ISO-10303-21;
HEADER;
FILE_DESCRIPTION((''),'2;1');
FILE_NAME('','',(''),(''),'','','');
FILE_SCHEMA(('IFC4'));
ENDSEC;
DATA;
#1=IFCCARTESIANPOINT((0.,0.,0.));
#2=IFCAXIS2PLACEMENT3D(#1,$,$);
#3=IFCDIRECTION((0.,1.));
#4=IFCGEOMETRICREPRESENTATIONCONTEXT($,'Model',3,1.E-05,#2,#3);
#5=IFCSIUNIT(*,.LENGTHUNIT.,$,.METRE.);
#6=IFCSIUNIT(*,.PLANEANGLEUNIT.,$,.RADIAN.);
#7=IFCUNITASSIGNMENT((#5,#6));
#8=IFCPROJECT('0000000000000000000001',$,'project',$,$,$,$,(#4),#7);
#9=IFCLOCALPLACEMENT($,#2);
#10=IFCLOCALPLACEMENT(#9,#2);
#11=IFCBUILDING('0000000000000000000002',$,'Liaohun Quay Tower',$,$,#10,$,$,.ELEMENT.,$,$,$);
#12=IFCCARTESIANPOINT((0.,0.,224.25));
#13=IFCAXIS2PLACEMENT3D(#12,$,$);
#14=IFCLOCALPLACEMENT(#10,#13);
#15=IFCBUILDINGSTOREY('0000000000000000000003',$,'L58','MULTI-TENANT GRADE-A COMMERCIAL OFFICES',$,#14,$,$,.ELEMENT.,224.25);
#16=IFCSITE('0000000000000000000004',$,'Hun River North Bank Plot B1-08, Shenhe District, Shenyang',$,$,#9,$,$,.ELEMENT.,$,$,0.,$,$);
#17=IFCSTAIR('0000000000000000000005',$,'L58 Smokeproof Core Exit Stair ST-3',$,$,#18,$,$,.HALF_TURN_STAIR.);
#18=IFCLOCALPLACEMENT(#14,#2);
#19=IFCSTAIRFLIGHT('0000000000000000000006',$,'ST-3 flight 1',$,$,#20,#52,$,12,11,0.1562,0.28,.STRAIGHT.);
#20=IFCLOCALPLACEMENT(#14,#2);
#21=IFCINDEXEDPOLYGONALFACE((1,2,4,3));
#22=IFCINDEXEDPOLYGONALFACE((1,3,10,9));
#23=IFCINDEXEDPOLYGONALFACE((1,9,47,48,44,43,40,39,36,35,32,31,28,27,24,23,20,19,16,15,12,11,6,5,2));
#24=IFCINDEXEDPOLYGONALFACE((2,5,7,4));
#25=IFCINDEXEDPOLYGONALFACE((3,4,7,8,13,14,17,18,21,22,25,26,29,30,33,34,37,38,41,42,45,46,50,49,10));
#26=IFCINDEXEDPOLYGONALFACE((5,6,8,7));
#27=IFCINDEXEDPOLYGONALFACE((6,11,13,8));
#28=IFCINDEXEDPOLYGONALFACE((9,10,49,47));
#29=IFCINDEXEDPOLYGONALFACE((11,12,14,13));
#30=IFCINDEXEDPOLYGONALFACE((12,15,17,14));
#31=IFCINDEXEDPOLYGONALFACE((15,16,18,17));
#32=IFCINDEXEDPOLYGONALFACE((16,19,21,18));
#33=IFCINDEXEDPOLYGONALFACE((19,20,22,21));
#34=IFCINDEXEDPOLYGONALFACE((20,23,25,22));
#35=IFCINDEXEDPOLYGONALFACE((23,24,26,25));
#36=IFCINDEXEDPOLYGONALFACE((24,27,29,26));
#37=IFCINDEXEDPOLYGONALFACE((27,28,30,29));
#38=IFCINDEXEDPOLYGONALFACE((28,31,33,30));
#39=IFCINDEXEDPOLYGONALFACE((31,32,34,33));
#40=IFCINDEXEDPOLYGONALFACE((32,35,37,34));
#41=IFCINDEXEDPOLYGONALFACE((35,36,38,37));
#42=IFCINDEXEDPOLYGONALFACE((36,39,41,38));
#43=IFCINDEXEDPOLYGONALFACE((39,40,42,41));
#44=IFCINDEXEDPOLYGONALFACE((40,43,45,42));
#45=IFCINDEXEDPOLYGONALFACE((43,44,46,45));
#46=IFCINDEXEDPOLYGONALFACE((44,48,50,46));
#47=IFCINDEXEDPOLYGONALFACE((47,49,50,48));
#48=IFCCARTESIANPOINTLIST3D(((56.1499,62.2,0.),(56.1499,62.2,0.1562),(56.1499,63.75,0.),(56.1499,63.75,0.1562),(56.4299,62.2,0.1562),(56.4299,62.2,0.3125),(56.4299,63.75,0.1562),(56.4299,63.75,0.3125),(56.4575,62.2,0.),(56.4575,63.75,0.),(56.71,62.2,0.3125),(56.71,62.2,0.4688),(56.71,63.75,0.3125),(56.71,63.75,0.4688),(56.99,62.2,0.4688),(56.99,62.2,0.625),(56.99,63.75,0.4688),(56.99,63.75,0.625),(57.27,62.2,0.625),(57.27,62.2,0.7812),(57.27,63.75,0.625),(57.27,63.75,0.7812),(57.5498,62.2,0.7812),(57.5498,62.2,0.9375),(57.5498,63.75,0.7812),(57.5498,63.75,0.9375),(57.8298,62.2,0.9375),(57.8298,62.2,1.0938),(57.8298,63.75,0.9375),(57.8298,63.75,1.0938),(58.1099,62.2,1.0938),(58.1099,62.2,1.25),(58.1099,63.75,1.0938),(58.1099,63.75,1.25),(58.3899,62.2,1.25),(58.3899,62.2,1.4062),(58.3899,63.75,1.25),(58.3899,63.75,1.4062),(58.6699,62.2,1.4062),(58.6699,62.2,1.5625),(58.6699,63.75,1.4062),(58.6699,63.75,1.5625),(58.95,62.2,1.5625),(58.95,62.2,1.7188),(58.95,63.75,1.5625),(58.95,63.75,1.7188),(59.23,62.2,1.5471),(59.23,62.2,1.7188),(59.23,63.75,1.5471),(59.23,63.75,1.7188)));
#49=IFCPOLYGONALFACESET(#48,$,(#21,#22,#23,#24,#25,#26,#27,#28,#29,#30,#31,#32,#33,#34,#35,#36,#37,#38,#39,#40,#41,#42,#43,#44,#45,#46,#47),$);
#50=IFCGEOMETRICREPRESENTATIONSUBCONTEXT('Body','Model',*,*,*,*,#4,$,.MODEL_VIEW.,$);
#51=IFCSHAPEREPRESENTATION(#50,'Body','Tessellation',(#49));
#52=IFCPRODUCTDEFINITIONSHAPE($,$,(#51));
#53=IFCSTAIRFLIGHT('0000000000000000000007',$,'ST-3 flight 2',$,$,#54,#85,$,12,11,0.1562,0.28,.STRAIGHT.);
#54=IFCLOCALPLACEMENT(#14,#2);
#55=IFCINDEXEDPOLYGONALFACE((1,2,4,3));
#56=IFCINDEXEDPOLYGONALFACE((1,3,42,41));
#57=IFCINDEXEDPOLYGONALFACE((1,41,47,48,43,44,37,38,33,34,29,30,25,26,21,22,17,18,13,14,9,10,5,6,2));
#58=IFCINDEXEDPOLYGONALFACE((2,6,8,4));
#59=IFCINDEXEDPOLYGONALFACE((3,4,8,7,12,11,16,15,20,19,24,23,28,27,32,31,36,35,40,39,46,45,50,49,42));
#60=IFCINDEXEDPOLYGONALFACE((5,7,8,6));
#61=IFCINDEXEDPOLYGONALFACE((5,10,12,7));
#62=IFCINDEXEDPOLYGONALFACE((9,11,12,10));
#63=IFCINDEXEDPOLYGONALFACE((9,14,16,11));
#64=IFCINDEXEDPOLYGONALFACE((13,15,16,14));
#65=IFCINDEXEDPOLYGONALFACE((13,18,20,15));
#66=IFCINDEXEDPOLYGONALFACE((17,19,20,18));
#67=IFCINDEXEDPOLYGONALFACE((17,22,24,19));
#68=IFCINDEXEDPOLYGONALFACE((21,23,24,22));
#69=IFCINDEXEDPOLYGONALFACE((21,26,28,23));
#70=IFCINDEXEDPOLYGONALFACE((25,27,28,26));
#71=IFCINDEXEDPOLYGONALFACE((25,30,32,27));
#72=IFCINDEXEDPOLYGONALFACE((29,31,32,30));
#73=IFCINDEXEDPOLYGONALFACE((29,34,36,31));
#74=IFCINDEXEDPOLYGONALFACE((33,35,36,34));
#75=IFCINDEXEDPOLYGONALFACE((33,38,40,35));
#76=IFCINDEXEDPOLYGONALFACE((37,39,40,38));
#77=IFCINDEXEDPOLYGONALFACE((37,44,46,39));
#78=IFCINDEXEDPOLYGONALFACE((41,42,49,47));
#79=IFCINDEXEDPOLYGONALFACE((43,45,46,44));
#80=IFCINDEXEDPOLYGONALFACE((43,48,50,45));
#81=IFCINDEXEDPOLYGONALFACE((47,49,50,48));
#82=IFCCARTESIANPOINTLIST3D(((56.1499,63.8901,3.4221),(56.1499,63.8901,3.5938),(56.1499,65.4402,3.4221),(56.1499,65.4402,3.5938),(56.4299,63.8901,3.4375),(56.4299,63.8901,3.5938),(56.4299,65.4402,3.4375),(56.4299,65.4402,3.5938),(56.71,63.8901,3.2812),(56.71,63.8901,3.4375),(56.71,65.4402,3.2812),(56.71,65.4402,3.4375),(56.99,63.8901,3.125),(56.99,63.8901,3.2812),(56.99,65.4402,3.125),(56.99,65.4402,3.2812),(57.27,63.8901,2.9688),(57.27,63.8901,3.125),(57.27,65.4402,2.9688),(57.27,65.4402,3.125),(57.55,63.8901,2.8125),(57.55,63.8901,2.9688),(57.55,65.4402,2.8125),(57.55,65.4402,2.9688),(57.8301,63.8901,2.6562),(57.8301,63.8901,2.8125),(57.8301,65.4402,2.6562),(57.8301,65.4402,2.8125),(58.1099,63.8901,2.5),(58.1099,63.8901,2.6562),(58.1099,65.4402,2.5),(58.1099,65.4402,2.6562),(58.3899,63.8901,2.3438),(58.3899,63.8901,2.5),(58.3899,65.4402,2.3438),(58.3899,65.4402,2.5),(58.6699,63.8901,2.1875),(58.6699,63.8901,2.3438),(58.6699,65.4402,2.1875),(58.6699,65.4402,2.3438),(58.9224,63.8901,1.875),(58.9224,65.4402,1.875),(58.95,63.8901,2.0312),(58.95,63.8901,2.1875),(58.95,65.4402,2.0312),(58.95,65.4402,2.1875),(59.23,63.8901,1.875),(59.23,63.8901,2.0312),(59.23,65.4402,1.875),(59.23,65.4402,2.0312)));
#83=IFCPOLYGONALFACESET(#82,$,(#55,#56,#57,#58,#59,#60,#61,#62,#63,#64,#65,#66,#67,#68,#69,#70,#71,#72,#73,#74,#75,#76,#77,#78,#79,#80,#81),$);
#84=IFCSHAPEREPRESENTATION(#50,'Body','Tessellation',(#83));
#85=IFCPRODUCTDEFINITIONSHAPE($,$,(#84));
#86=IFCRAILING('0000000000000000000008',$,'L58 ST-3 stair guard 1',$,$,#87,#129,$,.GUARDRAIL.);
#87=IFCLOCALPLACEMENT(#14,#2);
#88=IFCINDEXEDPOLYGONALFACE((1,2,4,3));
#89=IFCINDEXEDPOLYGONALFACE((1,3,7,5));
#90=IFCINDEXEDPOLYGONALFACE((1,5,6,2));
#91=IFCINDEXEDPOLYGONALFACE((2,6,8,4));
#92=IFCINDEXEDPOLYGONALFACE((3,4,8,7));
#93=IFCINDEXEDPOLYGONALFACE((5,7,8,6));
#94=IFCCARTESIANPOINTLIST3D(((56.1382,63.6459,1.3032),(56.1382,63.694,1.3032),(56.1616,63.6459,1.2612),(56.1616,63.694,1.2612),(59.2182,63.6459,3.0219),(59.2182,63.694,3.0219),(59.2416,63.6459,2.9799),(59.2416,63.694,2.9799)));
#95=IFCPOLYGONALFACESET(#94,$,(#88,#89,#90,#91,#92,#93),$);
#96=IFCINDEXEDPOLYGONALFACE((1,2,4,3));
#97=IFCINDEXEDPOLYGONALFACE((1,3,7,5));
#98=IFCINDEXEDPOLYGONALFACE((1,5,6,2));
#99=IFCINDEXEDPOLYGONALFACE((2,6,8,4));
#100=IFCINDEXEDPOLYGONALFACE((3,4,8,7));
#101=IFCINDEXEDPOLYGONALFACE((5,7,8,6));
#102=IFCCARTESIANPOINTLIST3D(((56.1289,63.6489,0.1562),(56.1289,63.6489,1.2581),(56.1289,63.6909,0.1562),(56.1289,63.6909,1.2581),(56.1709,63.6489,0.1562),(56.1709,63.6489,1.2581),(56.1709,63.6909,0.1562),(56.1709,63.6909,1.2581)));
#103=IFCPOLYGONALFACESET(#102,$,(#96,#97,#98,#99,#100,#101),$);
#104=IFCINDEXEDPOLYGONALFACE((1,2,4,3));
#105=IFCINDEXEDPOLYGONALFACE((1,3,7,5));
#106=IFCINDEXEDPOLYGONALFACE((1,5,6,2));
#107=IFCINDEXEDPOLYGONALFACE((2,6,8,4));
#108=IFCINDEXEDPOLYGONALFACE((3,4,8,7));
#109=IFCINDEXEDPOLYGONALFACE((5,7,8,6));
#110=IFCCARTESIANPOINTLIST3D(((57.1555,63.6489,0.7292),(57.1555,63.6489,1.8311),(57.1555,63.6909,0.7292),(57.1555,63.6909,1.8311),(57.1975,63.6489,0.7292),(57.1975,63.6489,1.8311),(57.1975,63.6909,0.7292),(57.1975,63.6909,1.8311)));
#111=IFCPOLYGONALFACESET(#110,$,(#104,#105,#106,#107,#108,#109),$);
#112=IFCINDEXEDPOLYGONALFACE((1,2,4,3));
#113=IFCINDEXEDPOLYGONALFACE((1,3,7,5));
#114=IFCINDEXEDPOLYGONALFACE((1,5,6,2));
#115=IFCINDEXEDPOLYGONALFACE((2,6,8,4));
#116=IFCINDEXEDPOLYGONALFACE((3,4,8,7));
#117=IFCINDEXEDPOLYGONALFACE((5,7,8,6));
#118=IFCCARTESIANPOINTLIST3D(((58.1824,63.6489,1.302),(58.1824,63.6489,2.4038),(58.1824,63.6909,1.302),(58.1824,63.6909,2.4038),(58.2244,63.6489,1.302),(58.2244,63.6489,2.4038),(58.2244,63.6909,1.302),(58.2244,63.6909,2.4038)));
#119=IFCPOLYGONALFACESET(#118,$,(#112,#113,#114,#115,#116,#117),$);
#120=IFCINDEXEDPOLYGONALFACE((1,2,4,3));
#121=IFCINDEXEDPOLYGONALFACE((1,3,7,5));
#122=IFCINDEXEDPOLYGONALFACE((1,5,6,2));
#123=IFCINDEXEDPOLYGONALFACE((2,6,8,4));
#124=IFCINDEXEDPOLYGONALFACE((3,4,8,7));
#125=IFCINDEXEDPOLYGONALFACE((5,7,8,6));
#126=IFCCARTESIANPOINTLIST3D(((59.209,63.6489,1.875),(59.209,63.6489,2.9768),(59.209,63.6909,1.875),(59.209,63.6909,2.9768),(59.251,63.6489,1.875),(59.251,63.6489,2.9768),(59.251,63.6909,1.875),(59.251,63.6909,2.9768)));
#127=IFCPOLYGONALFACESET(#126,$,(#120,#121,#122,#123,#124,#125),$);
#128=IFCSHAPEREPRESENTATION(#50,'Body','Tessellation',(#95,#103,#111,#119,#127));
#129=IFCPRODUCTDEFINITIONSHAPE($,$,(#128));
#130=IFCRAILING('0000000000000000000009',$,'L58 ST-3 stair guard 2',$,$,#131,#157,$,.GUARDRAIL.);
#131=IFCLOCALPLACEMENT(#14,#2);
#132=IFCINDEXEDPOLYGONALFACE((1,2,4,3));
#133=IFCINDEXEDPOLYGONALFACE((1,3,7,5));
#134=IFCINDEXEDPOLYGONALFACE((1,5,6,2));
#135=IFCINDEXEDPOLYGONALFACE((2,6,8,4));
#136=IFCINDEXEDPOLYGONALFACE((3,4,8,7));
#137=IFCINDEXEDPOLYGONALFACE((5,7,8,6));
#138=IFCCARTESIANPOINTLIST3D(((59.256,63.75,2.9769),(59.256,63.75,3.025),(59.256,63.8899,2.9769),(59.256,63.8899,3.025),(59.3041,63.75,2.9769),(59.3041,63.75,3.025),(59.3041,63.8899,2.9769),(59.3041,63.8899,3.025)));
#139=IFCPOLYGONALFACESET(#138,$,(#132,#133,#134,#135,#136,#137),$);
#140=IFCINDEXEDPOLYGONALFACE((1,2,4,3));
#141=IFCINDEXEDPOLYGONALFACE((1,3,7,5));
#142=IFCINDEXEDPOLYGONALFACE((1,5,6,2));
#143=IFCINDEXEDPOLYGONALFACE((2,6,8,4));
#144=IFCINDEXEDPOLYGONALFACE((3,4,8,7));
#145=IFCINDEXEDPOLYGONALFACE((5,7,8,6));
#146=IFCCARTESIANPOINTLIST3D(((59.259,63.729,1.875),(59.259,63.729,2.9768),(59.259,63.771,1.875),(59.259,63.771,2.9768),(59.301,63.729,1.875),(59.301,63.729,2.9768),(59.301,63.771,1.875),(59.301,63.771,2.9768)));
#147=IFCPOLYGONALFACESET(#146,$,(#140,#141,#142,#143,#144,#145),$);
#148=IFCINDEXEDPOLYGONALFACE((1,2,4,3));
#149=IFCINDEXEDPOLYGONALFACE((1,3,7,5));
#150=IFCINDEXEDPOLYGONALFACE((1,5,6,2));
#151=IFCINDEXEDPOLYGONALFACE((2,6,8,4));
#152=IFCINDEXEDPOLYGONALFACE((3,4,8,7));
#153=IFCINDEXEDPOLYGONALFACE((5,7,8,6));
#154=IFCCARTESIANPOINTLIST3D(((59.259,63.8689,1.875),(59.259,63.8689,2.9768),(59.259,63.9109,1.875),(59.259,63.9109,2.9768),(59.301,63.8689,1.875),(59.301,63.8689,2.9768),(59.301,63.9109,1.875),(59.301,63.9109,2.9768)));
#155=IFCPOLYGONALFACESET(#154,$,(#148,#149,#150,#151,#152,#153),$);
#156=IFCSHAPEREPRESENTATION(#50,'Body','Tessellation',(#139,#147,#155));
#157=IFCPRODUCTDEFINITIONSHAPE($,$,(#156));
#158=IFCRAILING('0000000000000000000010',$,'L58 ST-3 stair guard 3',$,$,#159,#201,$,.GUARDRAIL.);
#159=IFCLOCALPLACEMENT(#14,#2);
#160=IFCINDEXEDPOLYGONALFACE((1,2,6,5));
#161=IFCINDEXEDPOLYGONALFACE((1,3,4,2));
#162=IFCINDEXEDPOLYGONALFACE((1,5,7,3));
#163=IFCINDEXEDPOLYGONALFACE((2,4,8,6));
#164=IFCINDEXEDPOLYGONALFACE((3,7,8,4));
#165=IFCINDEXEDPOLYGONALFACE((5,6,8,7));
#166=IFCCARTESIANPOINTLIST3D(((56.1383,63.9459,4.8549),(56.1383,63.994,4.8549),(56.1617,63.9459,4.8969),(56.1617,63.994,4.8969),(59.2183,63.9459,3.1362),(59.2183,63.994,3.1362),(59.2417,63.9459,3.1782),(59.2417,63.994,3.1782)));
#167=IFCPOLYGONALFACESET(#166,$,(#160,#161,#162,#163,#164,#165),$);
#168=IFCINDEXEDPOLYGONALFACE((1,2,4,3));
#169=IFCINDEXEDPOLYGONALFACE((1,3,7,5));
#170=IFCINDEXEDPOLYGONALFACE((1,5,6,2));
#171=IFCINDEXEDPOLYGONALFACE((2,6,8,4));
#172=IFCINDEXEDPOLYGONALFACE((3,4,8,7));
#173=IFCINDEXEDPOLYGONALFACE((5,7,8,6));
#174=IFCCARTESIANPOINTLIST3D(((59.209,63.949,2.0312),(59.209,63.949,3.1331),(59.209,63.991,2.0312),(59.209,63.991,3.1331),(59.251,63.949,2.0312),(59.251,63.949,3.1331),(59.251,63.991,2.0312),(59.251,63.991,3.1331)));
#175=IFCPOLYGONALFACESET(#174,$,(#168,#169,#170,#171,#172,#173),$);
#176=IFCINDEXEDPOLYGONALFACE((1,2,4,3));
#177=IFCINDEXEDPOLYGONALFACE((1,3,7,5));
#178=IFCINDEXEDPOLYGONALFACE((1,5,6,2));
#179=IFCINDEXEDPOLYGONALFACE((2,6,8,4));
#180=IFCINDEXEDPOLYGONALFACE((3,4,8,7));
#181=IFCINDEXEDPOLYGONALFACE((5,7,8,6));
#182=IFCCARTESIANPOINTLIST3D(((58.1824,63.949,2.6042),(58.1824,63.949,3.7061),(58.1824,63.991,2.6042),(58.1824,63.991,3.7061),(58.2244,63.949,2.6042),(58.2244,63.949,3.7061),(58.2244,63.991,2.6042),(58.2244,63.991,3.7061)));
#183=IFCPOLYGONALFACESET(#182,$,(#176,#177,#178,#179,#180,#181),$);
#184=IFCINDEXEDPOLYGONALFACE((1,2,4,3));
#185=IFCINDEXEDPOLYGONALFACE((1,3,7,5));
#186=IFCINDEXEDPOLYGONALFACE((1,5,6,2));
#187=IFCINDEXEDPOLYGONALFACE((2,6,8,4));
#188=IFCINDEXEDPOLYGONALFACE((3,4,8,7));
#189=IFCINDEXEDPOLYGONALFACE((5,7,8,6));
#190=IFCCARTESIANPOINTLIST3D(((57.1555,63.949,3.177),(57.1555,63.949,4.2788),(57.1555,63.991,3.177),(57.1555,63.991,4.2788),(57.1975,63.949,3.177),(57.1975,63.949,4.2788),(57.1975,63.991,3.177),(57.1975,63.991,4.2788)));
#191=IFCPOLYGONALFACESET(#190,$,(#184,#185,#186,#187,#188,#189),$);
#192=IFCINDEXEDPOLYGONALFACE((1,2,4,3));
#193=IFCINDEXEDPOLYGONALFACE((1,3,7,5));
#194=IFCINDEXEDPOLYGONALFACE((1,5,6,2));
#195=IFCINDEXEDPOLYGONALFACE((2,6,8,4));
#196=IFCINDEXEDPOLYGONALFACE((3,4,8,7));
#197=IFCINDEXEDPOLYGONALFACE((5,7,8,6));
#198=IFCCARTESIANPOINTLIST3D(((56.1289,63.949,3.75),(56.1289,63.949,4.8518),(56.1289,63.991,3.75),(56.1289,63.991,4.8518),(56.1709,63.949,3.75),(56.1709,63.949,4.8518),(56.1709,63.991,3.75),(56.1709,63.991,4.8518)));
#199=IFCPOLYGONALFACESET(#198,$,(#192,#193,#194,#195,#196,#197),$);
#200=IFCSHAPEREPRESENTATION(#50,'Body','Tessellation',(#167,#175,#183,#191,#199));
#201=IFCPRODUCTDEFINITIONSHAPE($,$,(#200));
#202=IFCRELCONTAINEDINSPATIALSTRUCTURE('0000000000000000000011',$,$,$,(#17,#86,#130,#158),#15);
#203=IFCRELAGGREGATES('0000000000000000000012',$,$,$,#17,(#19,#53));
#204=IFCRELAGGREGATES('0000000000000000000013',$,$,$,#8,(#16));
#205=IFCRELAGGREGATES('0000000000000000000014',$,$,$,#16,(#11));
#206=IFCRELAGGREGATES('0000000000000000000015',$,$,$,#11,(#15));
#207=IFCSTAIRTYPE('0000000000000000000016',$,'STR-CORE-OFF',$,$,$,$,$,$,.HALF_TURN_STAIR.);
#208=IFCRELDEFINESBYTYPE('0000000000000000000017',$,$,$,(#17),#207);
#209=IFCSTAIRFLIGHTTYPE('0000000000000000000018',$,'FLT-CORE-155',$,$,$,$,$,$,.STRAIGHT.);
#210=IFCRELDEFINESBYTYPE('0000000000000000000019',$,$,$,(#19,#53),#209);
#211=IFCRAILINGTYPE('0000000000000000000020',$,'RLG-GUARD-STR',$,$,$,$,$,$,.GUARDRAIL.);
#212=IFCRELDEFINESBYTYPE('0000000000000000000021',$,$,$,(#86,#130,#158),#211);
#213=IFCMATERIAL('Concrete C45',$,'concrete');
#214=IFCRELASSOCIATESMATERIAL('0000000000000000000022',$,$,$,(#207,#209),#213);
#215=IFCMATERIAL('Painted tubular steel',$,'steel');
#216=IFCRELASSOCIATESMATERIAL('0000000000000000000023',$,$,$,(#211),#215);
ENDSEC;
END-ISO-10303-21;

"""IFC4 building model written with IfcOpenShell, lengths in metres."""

from ifc_helpers import new_model, si_unit, direction, frame, origin, origin_2d, place, context, subcontext, project, spatial, polyline, rectangle, outline, extrude, material, type_object, element, aggregate, save


model = new_model("IFC4")

# Units and contexts
model_context = context("Model", 3, precision=1e-05, world=origin(), true_north=direction((0.0, 1.0)))
body_context = subcontext(model_context, "Body", "Model", "MODEL_VIEW")
ifc_project = project(units=[si_unit("LENGTHUNIT", "METRE"), si_unit("PLANEANGLEUNIT", "RADIAN")], contexts=[model_context])

# Site, building, storey
site_placement = place(None, origin())
site = spatial("IfcSite", under=ifc_project, at=site_placement, Name="Hun River North Bank Plot B1-08, Shenhe District, Shenyang", CompositionType="ELEMENT", RefElevation=0.0)
building_placement = place(site_placement, origin())
building = spatial("IfcBuilding", under=site, at=building_placement, Name="Liaohun Quay Tower", CompositionType="ELEMENT")
storey_placement = place(building_placement, frame((0.0, 0.0, 224.25)))
storey = spatial("IfcBuildingStorey", under=building, at=storey_placement, Name="L58", Description="MULTI-TENANT GRADE-A COMMERCIAL OFFICES", CompositionType="ELEMENT", Elevation=224.25)

# Stair, stair flights
ifc_material_1 = material(Name="Concrete C45", Category="concrete")
stair_type = type_object("IfcStairType", Name="STR-CORE-OFF", PredefinedType="HALF_TURN_STAIR", material=ifc_material_1)
stair_placement = place(storey_placement, origin())
stair = element("IfcStair", 1, at=stair_placement, inside=storey, type_object=stair_type, Name="L58 Smokeproof Core Exit Stair ST-3", PredefinedType="HALF_TURN_STAIR")
stair_flight_type = type_object("IfcStairFlightType", Name="FLT-CORE-155", PredefinedType="STRAIGHT", material=ifc_material_1)
stair_flight_1_placement = place(storey_placement, frame((56.1499, 62.9751, 0.0), z_axis=(0.0, 0.0, 1.0), x_axis=(1.0, 0.0, 0.0)))
stair_flight_1 = element("IfcStairFlight", 2, at=stair_flight_1_placement, type_object=stair_flight_type, Name="ST-3 flight 1", NumberOfRisers=12, NumberOfTreads=11, PredefinedType="STRAIGHT", RiserHeight=0.1562, TreadLength=0.28, context=body_context, shape_type="SweptSolid", body=[
    extrude(outline(polyline([(0.0, 0.0), (0.0, 0.1562), (0.28, 0.1562), (0.28, 0.3125), (0.5601, 0.3125), (0.5601, 0.4688), (0.8401, 0.4688), (0.8401, 0.625), (1.1201, 0.625), (1.1201, 0.7812), (1.3999, 0.7812), (1.3999, 0.9375), (1.6799, 0.9375), (1.6799, 1.0938), (1.96, 1.0938), (1.96, 1.25), (2.24, 1.25), (2.24, 1.4062), (2.52, 1.4062), (2.52, 1.5625), (2.8, 1.5625), (2.8, 1.7188), (3.0801, 1.7188), (3.0801, 1.875), (3.0801, 1.5471), (0.3076, 0.0), (0.0, 0.0)])), frame((0.0, 0.7749, 0.0), z_axis=(0.0, -1.0, 0.0), x_axis=(1.0, 0.0, 0.0)), (0.0, 0.0, 1.0), 1.55),
])
stair_flight_2_placement = place(storey_placement, frame((59.23, 64.665, 1.875), z_axis=(0.0, 0.0, 1.0), x_axis=(-1.0, 0.0, 0.0)))
stair_flight_2 = element("IfcStairFlight", 3, at=stair_flight_2_placement, type_object=stair_flight_type, Name="ST-3 flight 2", NumberOfRisers=12, NumberOfTreads=11, PredefinedType="STRAIGHT", RiserHeight=0.1562, TreadLength=0.28, context=body_context, shape_type="SweptSolid", body=[
    extrude(outline(polyline([(0.0, 0.0), (0.0, 0.1562), (0.28, 0.1562), (0.28, 0.3125), (0.5601, 0.3125), (0.5601, 0.4688), (0.8401, 0.4688), (0.8401, 0.625), (1.1201, 0.625), (1.1201, 0.7812), (1.3999, 0.7812), (1.3999, 0.9375), (1.6799, 0.9375), (1.6799, 1.0938), (1.96, 1.0938), (1.96, 1.25), (2.24, 1.25), (2.24, 1.4062), (2.52, 1.4062), (2.52, 1.5625), (2.8, 1.5625), (2.8, 1.7188), (3.0801, 1.7188), (3.0801, 1.875), (3.0801, 1.5471), (0.3076, 0.0), (0.0, 0.0)])), frame((0.0, 0.7749, 0.0), z_axis=(0.0, -1.0, 0.0), x_axis=(1.0, 0.0, 0.0)), (0.0, 0.0, 1.0), 1.55),
])
aggregate(stair, [stair_flight_1, stair_flight_2])

# Railings
ifc_material_2 = material(Name="Painted tubular steel", Category="steel")
railing_type_1 = type_object("IfcRailingType", Name="RLG-GUARD-STR", PredefinedType="GUARDRAIL", material=ifc_material_2)
railing_1_placement = place(storey_placement, frame((56.1499, 63.6699, 0.1562)))
element("IfcRailing", 4, at=railing_1_placement, inside=storey, type_object=railing_type_1, Name="L58 ST-3 stair guard 1", PredefinedType="GUARDRAIL", context=body_context, shape_type="SweptSolid", body=[
    extrude(rectangle(XDim=0.0481, YDim=0.0481, at=origin_2d()), frame((0.0, 0.0, 1.126), z_axis=(0.873242, 0.0, 0.487288), x_axis=(0.0, 1.0, 0.0)), (0.0, 0.0, 1.0), 3.5271),
    extrude(rectangle(XDim=0.042, YDim=0.042, at=origin_2d()), origin(), (0.0, 0.0, 1.0), 1.1018),
    extrude(rectangle(XDim=0.042, YDim=0.042, at=origin_2d()), frame((1.0266, 0.0, 0.573)), (0.0, 0.0, 1.0), 1.1018),
    extrude(rectangle(XDim=0.042, YDim=0.042, at=origin_2d()), frame((2.0535, 0.0, 1.1458)), (0.0, 0.0, 1.0), 1.1018),
    extrude(rectangle(XDim=0.042, YDim=0.042, at=origin_2d()), frame((3.0801, 0.0, 1.7188)), (0.0, 0.0, 1.0), 1.1018),
])
railing_2_placement = place(storey_placement, frame((59.28, 63.75, 1.875)))
element("IfcRailing", 5, at=railing_2_placement, inside=storey, type_object=railing_type_1, Name="L58 ST-3 stair guard 2", PredefinedType="GUARDRAIL", context=body_context, shape_type="SweptSolid", body=[
    extrude(rectangle(XDim=0.0481, YDim=0.0481, at=origin_2d()), frame((0.0, 0.0, 1.126), z_axis=(0.0, 1.0, 0.0), x_axis=(-1.0, 0.0, 0.0)), (0.0, 0.0, 1.0), 0.1399),
    extrude(rectangle(XDim=0.042, YDim=0.042, at=origin_2d()), origin(), (0.0, 0.0, 1.0), 1.1018),
    extrude(rectangle(XDim=0.042, YDim=0.042, at=origin_2d()), frame((0.0, 0.1399, 0.0)), (0.0, 0.0, 1.0), 1.1018),
])
railing_3_placement = place(storey_placement, frame((59.23, 63.97, 2.0312)))
element("IfcRailing", 6, at=railing_3_placement, inside=storey, type_object=railing_type_1, Name="L58 ST-3 stair guard 3", PredefinedType="GUARDRAIL", context=body_context, shape_type="SweptSolid", body=[
    extrude(rectangle(XDim=0.0481, YDim=0.0481, at=origin_2d()), frame((0.0, 0.0, 1.126), z_axis=(-0.873242, 0.0, 0.487288), x_axis=(0.0, -1.0, 0.0)), (0.0, 0.0, 1.0), 3.5271),
    extrude(rectangle(XDim=0.042, YDim=0.042, at=origin_2d()), origin(), (0.0, 0.0, 1.0), 1.1018),
    extrude(rectangle(XDim=0.042, YDim=0.042, at=origin_2d()), frame((-1.0266, 0.0, 0.573)), (0.0, 0.0, 1.0), 1.1018),
    extrude(rectangle(XDim=0.042, YDim=0.042, at=origin_2d()), frame((-2.0535, 0.0, 1.1458)), (0.0, 0.0, 1.0), 1.1018),
    extrude(rectangle(XDim=0.042, YDim=0.042, at=origin_2d()), frame((-3.0801, 0.0, 1.7188)), (0.0, 0.0, 1.0), 1.1018),
])

save(model, "model.ifc")
